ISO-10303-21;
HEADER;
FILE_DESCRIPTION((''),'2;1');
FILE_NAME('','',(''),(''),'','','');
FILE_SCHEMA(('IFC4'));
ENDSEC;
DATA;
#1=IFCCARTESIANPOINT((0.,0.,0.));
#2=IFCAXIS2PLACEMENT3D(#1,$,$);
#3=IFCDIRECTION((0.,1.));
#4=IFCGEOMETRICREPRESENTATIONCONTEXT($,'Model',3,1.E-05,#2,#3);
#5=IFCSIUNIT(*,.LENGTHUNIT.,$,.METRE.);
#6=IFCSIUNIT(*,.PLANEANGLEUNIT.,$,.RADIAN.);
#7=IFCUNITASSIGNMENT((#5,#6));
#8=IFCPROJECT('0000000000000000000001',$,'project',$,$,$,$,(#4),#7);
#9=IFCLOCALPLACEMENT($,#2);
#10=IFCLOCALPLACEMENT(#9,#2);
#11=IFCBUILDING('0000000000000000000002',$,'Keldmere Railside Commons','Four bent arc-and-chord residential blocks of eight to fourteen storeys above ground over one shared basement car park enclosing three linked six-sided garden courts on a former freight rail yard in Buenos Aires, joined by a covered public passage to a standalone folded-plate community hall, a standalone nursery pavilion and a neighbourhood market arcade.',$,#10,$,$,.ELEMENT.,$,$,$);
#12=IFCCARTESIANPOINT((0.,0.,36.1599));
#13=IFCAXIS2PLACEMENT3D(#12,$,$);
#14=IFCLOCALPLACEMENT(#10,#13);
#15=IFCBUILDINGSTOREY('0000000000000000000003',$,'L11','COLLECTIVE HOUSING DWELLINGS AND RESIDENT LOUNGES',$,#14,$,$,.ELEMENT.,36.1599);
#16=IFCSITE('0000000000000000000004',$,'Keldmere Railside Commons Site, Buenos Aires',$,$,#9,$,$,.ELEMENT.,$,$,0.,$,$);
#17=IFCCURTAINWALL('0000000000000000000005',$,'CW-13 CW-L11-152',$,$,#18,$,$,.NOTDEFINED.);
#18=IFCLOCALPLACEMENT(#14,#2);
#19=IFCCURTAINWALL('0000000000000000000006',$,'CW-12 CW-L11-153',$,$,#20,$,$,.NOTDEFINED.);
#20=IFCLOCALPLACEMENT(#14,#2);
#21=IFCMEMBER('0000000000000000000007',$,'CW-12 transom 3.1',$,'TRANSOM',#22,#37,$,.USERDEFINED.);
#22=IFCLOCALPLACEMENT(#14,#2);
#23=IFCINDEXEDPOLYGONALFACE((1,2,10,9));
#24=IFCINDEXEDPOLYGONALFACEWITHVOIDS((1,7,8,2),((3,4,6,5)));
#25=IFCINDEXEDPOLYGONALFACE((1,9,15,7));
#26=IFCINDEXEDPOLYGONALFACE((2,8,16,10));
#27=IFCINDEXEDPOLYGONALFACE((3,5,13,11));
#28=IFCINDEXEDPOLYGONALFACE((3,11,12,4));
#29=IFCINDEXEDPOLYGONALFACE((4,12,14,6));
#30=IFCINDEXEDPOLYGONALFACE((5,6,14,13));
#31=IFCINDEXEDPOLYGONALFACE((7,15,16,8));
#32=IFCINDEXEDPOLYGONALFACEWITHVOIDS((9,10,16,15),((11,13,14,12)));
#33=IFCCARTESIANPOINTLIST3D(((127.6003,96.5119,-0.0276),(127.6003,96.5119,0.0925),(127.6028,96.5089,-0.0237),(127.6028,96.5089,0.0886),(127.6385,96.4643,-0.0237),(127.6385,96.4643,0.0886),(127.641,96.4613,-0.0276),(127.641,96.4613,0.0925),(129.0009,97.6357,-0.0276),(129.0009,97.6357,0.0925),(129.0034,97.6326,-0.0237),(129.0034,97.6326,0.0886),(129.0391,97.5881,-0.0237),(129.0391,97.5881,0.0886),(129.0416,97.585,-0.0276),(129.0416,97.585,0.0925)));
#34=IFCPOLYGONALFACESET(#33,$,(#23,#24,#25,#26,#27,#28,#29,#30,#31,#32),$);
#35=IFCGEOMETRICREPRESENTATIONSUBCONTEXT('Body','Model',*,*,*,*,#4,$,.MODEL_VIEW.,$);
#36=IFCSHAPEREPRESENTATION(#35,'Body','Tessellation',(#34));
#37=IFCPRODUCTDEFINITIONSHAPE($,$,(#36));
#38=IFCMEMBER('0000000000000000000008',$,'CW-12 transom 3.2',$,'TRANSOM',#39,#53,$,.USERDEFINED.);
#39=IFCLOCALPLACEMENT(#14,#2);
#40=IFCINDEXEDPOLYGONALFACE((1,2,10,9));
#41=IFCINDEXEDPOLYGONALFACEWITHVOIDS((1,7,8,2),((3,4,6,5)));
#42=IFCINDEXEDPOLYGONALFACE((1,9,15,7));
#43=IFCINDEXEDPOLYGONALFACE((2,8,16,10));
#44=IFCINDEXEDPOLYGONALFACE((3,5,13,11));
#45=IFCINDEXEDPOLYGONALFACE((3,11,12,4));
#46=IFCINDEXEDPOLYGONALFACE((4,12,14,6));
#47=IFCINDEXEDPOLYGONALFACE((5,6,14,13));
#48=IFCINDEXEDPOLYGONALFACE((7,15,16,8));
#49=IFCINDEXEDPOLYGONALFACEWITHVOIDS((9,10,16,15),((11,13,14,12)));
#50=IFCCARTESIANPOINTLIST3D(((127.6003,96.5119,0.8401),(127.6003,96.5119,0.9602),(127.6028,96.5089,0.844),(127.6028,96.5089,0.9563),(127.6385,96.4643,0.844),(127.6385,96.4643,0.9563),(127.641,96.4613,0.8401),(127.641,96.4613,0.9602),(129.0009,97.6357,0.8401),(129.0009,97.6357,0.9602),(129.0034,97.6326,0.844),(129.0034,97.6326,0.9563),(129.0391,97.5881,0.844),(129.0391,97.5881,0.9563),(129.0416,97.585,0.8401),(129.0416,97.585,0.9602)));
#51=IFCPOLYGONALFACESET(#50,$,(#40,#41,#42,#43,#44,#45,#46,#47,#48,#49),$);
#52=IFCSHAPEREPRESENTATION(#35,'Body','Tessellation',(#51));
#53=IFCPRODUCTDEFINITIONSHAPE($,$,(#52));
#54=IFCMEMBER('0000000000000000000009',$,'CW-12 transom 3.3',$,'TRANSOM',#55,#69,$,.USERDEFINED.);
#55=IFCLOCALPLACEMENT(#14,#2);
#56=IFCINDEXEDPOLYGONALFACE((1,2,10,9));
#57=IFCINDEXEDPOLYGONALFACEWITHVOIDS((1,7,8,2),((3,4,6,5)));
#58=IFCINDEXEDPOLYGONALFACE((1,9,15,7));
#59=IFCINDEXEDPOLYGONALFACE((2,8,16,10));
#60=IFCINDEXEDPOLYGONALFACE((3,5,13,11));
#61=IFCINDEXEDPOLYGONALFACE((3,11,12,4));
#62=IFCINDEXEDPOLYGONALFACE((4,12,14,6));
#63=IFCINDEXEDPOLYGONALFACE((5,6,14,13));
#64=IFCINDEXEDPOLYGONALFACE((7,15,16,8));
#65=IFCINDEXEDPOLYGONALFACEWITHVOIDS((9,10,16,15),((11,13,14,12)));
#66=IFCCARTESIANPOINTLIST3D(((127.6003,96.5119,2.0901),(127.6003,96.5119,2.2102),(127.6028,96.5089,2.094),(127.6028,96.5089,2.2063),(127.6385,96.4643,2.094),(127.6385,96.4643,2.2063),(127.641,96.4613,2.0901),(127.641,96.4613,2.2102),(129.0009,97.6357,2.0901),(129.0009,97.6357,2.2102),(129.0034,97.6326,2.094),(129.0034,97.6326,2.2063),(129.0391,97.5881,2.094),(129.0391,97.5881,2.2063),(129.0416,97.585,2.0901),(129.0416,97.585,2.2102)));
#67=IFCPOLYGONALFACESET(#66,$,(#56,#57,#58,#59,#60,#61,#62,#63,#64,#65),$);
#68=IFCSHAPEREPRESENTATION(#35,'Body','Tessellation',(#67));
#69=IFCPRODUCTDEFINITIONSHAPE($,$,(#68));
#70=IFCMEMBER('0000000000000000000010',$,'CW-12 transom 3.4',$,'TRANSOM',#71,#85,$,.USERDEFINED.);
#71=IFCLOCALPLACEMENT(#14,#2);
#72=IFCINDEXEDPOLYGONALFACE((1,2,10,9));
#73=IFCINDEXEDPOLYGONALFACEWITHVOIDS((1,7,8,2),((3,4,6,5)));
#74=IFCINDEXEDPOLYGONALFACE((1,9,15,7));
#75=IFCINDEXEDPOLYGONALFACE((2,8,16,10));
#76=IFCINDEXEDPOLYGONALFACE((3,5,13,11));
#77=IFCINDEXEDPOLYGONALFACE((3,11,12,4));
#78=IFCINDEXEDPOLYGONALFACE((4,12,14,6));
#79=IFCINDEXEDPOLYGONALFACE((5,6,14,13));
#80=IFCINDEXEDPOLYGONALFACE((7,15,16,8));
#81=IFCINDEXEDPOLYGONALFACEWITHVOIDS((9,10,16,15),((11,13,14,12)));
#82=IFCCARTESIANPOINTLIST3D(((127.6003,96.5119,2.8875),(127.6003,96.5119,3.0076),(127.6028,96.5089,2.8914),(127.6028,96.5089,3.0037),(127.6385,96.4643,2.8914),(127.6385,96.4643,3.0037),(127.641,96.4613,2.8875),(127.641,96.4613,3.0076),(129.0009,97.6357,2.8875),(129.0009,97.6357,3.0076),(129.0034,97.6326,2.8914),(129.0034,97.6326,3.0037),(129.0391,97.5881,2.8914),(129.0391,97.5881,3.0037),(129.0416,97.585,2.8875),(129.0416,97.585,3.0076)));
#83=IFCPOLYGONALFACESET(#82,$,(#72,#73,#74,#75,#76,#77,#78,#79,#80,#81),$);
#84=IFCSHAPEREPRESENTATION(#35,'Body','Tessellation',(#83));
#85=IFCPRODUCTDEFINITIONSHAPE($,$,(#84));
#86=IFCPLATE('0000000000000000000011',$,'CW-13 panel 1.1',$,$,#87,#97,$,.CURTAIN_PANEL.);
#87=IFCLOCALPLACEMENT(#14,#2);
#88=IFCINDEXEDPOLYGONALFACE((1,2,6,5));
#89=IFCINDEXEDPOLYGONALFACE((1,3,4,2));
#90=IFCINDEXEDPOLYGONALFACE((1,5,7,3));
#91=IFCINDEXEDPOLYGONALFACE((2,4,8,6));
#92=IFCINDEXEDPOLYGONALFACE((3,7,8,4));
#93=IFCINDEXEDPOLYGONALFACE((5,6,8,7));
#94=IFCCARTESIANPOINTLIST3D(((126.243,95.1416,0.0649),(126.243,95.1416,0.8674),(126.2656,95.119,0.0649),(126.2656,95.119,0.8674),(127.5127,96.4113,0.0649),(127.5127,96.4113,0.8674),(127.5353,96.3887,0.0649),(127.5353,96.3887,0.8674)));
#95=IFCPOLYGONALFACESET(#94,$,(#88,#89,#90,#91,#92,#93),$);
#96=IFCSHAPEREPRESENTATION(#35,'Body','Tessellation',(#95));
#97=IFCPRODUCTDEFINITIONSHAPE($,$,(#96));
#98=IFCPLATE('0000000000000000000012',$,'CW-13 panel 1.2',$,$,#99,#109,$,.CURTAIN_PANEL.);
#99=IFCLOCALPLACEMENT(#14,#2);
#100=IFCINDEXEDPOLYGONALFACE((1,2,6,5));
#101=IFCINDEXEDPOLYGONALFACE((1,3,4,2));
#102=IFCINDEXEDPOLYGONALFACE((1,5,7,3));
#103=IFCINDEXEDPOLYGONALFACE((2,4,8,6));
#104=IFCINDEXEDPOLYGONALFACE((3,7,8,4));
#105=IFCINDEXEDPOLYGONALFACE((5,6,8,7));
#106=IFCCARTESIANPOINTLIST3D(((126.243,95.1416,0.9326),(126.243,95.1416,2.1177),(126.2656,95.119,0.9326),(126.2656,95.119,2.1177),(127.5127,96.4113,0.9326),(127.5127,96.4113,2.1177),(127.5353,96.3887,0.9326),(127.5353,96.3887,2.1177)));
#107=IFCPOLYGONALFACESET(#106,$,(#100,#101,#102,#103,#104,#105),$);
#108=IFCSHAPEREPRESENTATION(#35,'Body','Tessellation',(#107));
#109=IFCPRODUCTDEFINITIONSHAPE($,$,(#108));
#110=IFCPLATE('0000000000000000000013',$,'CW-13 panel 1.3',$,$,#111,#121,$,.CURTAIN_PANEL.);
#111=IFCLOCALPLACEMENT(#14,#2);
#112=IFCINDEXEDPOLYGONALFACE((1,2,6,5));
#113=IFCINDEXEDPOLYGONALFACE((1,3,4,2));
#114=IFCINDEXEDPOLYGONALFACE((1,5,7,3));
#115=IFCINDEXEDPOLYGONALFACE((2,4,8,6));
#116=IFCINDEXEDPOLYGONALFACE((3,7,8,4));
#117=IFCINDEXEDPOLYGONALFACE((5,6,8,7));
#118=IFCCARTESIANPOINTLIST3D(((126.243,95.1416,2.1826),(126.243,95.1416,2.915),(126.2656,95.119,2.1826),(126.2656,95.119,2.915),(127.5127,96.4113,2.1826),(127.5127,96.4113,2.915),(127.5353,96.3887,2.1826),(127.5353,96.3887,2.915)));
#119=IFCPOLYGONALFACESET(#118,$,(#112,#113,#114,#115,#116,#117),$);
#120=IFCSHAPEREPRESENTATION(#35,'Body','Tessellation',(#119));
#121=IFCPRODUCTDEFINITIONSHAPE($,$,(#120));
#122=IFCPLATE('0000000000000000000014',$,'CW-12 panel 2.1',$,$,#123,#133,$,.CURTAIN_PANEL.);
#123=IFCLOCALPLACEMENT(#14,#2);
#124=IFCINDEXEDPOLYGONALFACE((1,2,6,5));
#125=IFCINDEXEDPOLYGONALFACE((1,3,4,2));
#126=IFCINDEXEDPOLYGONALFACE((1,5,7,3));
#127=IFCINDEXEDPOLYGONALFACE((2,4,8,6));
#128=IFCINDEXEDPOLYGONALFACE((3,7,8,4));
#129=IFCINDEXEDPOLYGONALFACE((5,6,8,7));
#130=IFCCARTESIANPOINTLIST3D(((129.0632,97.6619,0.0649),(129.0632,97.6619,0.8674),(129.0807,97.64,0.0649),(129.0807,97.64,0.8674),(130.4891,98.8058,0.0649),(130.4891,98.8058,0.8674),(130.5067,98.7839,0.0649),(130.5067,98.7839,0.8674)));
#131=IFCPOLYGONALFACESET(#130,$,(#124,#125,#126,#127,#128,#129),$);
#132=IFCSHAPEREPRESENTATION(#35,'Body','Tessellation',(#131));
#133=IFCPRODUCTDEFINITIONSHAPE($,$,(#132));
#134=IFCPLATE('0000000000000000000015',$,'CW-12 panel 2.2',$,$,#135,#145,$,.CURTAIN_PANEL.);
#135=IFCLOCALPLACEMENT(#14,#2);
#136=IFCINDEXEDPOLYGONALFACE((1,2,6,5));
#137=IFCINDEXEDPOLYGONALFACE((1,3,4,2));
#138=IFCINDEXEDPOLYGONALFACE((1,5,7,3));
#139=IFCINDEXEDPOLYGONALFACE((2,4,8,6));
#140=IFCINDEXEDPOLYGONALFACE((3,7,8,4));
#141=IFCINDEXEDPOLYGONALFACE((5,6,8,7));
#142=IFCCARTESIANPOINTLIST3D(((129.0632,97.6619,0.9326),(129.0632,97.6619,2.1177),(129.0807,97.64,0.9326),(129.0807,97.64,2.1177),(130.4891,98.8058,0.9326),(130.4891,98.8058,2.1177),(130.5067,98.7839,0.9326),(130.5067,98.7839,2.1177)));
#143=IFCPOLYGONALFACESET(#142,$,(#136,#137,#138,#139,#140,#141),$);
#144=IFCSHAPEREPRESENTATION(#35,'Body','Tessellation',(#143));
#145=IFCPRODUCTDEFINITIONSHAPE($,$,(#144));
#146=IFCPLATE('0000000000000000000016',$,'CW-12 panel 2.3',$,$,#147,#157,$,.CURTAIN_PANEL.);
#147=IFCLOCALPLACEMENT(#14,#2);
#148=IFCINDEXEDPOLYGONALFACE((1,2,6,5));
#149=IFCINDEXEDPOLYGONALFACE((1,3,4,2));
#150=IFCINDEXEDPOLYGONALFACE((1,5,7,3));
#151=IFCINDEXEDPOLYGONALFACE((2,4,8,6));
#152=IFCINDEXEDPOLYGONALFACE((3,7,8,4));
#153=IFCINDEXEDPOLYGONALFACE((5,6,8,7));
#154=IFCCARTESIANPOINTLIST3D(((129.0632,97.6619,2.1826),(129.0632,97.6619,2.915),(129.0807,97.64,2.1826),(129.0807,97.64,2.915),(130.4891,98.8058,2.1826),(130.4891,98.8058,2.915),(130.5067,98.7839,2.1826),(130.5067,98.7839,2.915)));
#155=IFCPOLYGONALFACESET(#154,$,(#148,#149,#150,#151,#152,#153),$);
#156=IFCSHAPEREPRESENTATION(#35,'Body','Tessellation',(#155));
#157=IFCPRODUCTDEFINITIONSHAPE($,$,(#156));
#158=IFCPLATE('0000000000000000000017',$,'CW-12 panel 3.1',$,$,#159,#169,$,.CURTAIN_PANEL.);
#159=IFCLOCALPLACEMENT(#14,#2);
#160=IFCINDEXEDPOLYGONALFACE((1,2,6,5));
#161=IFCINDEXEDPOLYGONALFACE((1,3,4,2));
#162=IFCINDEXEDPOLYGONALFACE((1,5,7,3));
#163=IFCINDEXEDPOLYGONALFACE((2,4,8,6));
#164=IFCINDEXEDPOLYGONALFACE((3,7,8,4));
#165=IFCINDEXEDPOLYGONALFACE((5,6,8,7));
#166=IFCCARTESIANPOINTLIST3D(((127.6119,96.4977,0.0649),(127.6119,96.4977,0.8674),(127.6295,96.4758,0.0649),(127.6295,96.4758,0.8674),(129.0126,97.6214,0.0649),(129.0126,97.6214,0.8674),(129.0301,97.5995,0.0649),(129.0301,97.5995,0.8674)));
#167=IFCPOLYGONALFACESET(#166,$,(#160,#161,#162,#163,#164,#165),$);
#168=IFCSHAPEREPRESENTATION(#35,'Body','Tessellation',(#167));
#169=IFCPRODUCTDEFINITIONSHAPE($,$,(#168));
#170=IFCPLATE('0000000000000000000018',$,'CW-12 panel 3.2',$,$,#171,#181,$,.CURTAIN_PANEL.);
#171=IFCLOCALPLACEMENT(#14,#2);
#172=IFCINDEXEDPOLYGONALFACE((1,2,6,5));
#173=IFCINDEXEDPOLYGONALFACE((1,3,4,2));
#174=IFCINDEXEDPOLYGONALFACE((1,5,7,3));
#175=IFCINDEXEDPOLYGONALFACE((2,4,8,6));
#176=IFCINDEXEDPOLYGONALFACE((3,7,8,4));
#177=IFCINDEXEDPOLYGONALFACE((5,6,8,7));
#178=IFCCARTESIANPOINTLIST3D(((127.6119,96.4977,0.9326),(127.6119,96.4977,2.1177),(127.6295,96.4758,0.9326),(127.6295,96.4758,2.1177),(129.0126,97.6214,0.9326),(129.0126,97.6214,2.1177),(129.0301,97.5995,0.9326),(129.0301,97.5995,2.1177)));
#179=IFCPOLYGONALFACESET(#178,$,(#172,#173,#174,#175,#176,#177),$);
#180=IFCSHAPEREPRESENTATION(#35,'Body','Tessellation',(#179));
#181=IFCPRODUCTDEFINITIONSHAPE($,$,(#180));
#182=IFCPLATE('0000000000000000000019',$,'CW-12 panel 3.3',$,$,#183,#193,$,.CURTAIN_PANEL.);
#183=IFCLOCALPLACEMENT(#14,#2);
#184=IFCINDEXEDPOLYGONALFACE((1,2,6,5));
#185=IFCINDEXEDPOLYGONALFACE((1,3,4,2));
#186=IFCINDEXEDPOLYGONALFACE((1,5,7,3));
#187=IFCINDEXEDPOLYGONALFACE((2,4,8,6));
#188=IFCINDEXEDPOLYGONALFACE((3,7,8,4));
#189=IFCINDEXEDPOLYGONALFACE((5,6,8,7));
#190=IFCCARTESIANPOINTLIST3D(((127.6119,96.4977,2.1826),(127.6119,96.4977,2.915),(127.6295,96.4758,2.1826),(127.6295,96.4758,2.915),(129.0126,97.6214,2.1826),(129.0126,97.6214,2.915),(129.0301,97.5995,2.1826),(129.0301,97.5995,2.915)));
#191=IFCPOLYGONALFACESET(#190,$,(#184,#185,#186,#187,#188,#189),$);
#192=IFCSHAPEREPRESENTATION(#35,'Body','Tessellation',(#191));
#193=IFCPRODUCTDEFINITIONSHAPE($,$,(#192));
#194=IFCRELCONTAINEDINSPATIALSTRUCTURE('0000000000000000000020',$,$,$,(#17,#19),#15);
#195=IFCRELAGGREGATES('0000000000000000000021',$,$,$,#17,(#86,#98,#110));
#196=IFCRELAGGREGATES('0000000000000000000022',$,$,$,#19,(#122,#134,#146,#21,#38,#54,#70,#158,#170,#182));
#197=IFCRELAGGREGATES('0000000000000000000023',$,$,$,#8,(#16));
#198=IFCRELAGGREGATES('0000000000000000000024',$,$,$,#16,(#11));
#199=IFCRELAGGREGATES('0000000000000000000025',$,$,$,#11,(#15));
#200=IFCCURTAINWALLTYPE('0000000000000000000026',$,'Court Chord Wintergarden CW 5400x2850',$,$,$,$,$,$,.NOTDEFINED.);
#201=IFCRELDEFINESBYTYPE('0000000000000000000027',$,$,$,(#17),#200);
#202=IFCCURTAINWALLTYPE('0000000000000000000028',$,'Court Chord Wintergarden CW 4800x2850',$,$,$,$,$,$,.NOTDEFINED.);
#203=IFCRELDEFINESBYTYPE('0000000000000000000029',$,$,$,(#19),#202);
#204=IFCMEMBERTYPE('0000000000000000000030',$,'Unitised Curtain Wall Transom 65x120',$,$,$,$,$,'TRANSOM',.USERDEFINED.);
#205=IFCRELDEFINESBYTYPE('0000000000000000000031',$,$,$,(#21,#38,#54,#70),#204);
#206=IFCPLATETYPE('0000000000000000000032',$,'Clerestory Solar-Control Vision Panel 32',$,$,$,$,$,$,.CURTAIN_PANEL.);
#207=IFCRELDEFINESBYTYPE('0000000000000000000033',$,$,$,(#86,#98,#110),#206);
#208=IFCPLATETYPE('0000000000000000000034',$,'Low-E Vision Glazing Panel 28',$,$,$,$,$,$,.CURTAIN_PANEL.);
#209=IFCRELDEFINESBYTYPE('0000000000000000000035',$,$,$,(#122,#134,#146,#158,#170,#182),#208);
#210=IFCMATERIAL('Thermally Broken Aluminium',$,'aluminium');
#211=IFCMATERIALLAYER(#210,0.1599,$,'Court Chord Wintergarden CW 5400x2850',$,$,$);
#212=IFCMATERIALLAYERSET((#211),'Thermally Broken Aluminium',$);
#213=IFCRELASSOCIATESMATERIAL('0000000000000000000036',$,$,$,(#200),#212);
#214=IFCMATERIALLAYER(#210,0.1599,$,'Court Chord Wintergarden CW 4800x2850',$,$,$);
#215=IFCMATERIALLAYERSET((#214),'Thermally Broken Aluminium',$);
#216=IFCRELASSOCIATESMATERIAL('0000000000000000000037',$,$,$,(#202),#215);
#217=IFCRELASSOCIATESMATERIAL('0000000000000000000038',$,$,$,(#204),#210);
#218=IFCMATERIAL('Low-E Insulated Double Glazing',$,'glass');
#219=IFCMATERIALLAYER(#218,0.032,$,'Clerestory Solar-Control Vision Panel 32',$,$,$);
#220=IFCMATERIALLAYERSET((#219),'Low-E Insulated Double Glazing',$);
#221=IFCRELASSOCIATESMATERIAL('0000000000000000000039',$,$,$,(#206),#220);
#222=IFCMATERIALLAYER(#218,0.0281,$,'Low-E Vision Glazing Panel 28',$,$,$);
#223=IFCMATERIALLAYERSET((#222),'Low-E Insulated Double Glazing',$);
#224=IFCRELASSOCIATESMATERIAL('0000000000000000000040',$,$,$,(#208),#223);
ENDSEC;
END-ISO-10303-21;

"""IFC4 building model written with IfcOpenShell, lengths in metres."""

from ifc_helpers import new_model, si_unit, direction, frame, origin, origin_2d, place, context, subcontext, project, spatial, rectangle, hollow_rectangle, extrude, material, layer, layer_set, material_profile, profile_set, type_object, element, aggregate, save


model = new_model("IFC4")

# Units and contexts
model_context = context("Model", 3, precision=1e-05, world=origin(), true_north=direction((0.0, 1.0)))
body_context = subcontext(model_context, "Body", "Model", "MODEL_VIEW")
ifc_project = project(units=[si_unit("LENGTHUNIT", "METRE"), si_unit("PLANEANGLEUNIT", "RADIAN")], contexts=[model_context])

# Site, building, storey
site_placement = place(None, origin())
site = spatial("IfcSite", under=ifc_project, at=site_placement, Name="Keldmere Railside Commons Site, Buenos Aires", CompositionType="ELEMENT", RefElevation=0.0)
building_placement = place(site_placement, origin())
building = spatial("IfcBuilding", under=site, at=building_placement, Name="Keldmere Railside Commons", Description="Four bent arc-and-chord residential blocks of eight to fourteen storeys above ground over one shared basement car park enclosing three linked six-sided garden courts on a former freight rail yard in Buenos Aires, joined by a covered public passage to a standalone folded-plate community hall, a standalone nursery pavilion and a neighbourhood market arcade.", CompositionType="ELEMENT")
storey_placement = place(building_placement, frame((0.0, 0.0, 36.1599)))
storey = spatial("IfcBuildingStorey", under=building, at=storey_placement, Name="L11", Description="COLLECTIVE HOUSING DWELLINGS AND RESIDENT LOUNGES", CompositionType="ELEMENT", Elevation=36.1599)

# Curtain wall
ifc_material_1 = material(Name="Thermally Broken Aluminium", Category="aluminium")
ifc_layer_1 = layer(ifc_material_1, 0.1599, Name="Court Chord Wintergarden CW 5400x2850")
ifc_layer_set_1 = layer_set([ifc_layer_1], Name="Thermally Broken Aluminium")
curtain_wall_type_1 = type_object("IfcCurtainWallType", Name="Court Chord Wintergarden CW 5400x2850", PredefinedType="NOTDEFINED", material=ifc_layer_set_1)
curtain_wall_1_placement = place(storey_placement, origin())
curtain_wall_1 = element("IfcCurtainWall", 1, at=curtain_wall_1_placement, inside=storey, type_object=curtain_wall_type_1, Name="CW-13 CW-L11-152", PredefinedType="NOTDEFINED")

# Curtain wall
ifc_layer_2 = layer(ifc_material_1, 0.1599, Name="Court Chord Wintergarden CW 4800x2850")
ifc_layer_set_2 = layer_set([ifc_layer_2], Name="Thermally Broken Aluminium")
curtain_wall_type_2 = type_object("IfcCurtainWallType", Name="Court Chord Wintergarden CW 4800x2850", PredefinedType="NOTDEFINED", material=ifc_layer_set_2)
curtain_wall_2_placement = place(storey_placement, origin())
curtain_wall_2 = element("IfcCurtainWall", 2, at=curtain_wall_2_placement, inside=storey, type_object=curtain_wall_type_2, Name="CW-12 CW-L11-153", PredefinedType="NOTDEFINED")

# Members
ifc_material_profile_1 = material_profile(ifc_material_1, hollow_rectangle(XDim=0.0649, YDim=0.1201, WallThickness=0.0039, at=origin_2d()), Name="ALU-TRAN-65x120")
ifc_profile_set_1 = profile_set([ifc_material_profile_1], Name="Thermally Broken Aluminium")
member_type_1 = type_object("IfcMemberType", Name="Unitised Curtain Wall Transom 65x120", ElementType="TRANSOM", PredefinedType="USERDEFINED", material=ifc_profile_set_1)
member_1_placement = place(storey_placement, frame((129.0212, 97.6104, 0.0325), z_axis=(-0.779979, -0.625805, 0.0), x_axis=(0.625805, -0.779979, 0.0)))
member_1 = element("IfcMember", 3, at=member_1_placement, type_object=member_type_1, Name="CW-12 transom 3.1", ObjectType="TRANSOM", PredefinedType="USERDEFINED", context=body_context, shape_type="SweptSolid", body=[
    extrude(hollow_rectangle(XDim=0.0649, YDim=0.1201, WallThickness=0.0039, at=origin_2d()), origin(), (0.0, 0.0, 1.0), 1.7957),
])
member_2_placement = place(storey_placement, frame((129.0212, 97.6104, 0.9001), z_axis=(-0.779979, -0.625805, 0.0), x_axis=(0.625805, -0.779979, 0.0)))
member_2 = element("IfcMember", 4, at=member_2_placement, type_object=member_type_1, Name="CW-12 transom 3.2", ObjectType="TRANSOM", PredefinedType="USERDEFINED", context=body_context, shape_type="SweptSolid", body=[
    extrude(hollow_rectangle(XDim=0.0649, YDim=0.1201, WallThickness=0.0039, at=origin_2d()), origin(), (0.0, 0.0, 1.0), 1.7957),
])
member_3_placement = place(storey_placement, frame((129.0212, 97.6104, 2.1501), z_axis=(-0.779979, -0.625805, 0.0), x_axis=(0.625805, -0.779979, 0.0)))
member_3 = element("IfcMember", 5, at=member_3_placement, type_object=member_type_1, Name="CW-12 transom 3.3", ObjectType="TRANSOM", PredefinedType="USERDEFINED", context=body_context, shape_type="SweptSolid", body=[
    extrude(hollow_rectangle(XDim=0.0649, YDim=0.1201, WallThickness=0.0039, at=origin_2d()), origin(), (0.0, 0.0, 1.0), 1.7957),
])
member_4_placement = place(storey_placement, frame((129.0212, 97.6104, 2.9475), z_axis=(-0.779979, -0.625805, 0.0), x_axis=(0.625805, -0.779979, 0.0)))
member_4 = element("IfcMember", 6, at=member_4_placement, type_object=member_type_1, Name="CW-12 transom 3.4", ObjectType="TRANSOM", PredefinedType="USERDEFINED", context=body_context, shape_type="SweptSolid", body=[
    extrude(hollow_rectangle(XDim=0.0649, YDim=0.1201, WallThickness=0.0039, at=origin_2d()), origin(), (0.0, 0.0, 1.0), 1.7957),
])

# Plates
ifc_material_2 = material(Name="Low-E Insulated Double Glazing", Category="glass")
ifc_layer_3 = layer(ifc_material_2, 0.032, Name="Clerestory Solar-Control Vision Panel 32")
ifc_layer_set_3 = layer_set([ifc_layer_3], Name="Low-E Insulated Double Glazing")
plate_type_1 = type_object("IfcPlateType", Name="Clerestory Solar-Control Vision Panel 32", PredefinedType="CURTAIN_PANEL", material=ifc_layer_set_3)
plate_1_placement = place(storey_placement, frame((126.8892, 95.7651, 0.0649), z_axis=(0.0, 0.0, 1.0), x_axis=(-0.707107, -0.707107, 0.0)))
plate_1 = element("IfcPlate", 7, at=plate_1_placement, type_object=plate_type_1, Name="CW-13 panel 1.1", PredefinedType="CURTAIN_PANEL", context=body_context, shape_type="SweptSolid", body=[
    extrude(rectangle(XDim=1.7957, YDim=0.032, at=origin_2d()), origin(), (0.0, 0.0, 1.0), 0.8025),
])
plate_2_placement = place(storey_placement, frame((126.8892, 95.7651, 0.9326), z_axis=(0.0, 0.0, 1.0), x_axis=(-0.707107, -0.707107, 0.0)))
plate_2 = element("IfcPlate", 8, at=plate_2_placement, type_object=plate_type_1, Name="CW-13 panel 1.2", PredefinedType="CURTAIN_PANEL", context=body_context, shape_type="SweptSolid", body=[
    extrude(rectangle(XDim=1.7957, YDim=0.032, at=origin_2d()), origin(), (0.0, 0.0, 1.0), 1.1851),
])
plate_3_placement = place(storey_placement, frame((126.8892, 95.7651, 2.1826), z_axis=(0.0, 0.0, 1.0), x_axis=(-0.707107, -0.707107, 0.0)))
plate_3 = element("IfcPlate", 9, at=plate_3_placement, type_object=plate_type_1, Name="CW-13 panel 1.3", PredefinedType="CURTAIN_PANEL", context=body_context, shape_type="SweptSolid", body=[
    extrude(rectangle(XDim=1.7957, YDim=0.032, at=origin_2d()), origin(), (0.0, 0.0, 1.0), 0.7324),
])
aggregate(curtain_wall_1, [plate_1, plate_2, plate_3])
ifc_layer_4 = layer(ifc_material_2, 0.0281, Name="Low-E Vision Glazing Panel 28")
ifc_layer_set_4 = layer_set([ifc_layer_4], Name="Low-E Insulated Double Glazing")
plate_type_2 = type_object("IfcPlateType", Name="Low-E Vision Glazing Panel 28", PredefinedType="CURTAIN_PANEL", material=ifc_layer_set_4)
plate_4_placement = place(storey_placement, frame((129.7849, 98.2229, 0.0649), z_axis=(0.0, 0.0, 1.0), x_axis=(-0.780009, -0.625768, 0.0)))
plate_4 = element("IfcPlate", 10, at=plate_4_placement, type_object=plate_type_2, Name="CW-12 panel 2.1", PredefinedType="CURTAIN_PANEL", context=body_context, shape_type="SweptSolid", body=[
    extrude(rectangle(XDim=1.8281, YDim=0.0281, at=origin_2d()), origin(), (0.0, 0.0, 1.0), 0.8025),
])
plate_5_placement = place(storey_placement, frame((129.7849, 98.2229, 0.9326), z_axis=(0.0, 0.0, 1.0), x_axis=(-0.780009, -0.625768, 0.0)))
plate_5 = element("IfcPlate", 11, at=plate_5_placement, type_object=plate_type_2, Name="CW-12 panel 2.2", PredefinedType="CURTAIN_PANEL", context=body_context, shape_type="SweptSolid", body=[
    extrude(rectangle(XDim=1.8281, YDim=0.0281, at=origin_2d()), origin(), (0.0, 0.0, 1.0), 1.1851),
])
plate_6_placement = place(storey_placement, frame((129.7849, 98.2229, 2.1826), z_axis=(0.0, 0.0, 1.0), x_axis=(-0.780009, -0.625768, 0.0)))
plate_6 = element("IfcPlate", 12, at=plate_6_placement, type_object=plate_type_2, Name="CW-12 panel 2.3", PredefinedType="CURTAIN_PANEL", context=body_context, shape_type="SweptSolid", body=[
    extrude(rectangle(XDim=1.8281, YDim=0.0281, at=origin_2d()), origin(), (0.0, 0.0, 1.0), 0.7324),
])
plate_7_placement = place(storey_placement, frame((128.321, 97.0486, 0.0649), z_axis=(0.0, 0.0, 1.0), x_axis=(-0.780009, -0.625768, 0.0)))
plate_7 = element("IfcPlate", 13, at=plate_7_placement, type_object=plate_type_2, Name="CW-12 panel 3.1", PredefinedType="CURTAIN_PANEL", context=body_context, shape_type="SweptSolid", body=[
    extrude(rectangle(XDim=1.7957, YDim=0.0281, at=origin_2d()), origin(), (0.0, 0.0, 1.0), 0.8025),
])
plate_8_placement = place(storey_placement, frame((128.321, 97.0486, 0.9326), z_axis=(0.0, 0.0, 1.0), x_axis=(-0.780009, -0.625768, 0.0)))
plate_8 = element("IfcPlate", 14, at=plate_8_placement, type_object=plate_type_2, Name="CW-12 panel 3.2", PredefinedType="CURTAIN_PANEL", context=body_context, shape_type="SweptSolid", body=[
    extrude(rectangle(XDim=1.7957, YDim=0.0281, at=origin_2d()), origin(), (0.0, 0.0, 1.0), 1.1851),
])
plate_9_placement = place(storey_placement, frame((128.321, 97.0486, 2.1826), z_axis=(0.0, 0.0, 1.0), x_axis=(-0.780009, -0.625768, 0.0)))
plate_9 = element("IfcPlate", 15, at=plate_9_placement, type_object=plate_type_2, Name="CW-12 panel 3.3", PredefinedType="CURTAIN_PANEL", context=body_context, shape_type="SweptSolid", body=[
    extrude(rectangle(XDim=1.7957, YDim=0.0281, at=origin_2d()), origin(), (0.0, 0.0, 1.0), 0.7324),
])
aggregate(curtain_wall_2, [plate_4, plate_5, plate_6, member_1, member_2, member_3, member_4, plate_7, plate_8, plate_9])

save(model, "model.ifc")
